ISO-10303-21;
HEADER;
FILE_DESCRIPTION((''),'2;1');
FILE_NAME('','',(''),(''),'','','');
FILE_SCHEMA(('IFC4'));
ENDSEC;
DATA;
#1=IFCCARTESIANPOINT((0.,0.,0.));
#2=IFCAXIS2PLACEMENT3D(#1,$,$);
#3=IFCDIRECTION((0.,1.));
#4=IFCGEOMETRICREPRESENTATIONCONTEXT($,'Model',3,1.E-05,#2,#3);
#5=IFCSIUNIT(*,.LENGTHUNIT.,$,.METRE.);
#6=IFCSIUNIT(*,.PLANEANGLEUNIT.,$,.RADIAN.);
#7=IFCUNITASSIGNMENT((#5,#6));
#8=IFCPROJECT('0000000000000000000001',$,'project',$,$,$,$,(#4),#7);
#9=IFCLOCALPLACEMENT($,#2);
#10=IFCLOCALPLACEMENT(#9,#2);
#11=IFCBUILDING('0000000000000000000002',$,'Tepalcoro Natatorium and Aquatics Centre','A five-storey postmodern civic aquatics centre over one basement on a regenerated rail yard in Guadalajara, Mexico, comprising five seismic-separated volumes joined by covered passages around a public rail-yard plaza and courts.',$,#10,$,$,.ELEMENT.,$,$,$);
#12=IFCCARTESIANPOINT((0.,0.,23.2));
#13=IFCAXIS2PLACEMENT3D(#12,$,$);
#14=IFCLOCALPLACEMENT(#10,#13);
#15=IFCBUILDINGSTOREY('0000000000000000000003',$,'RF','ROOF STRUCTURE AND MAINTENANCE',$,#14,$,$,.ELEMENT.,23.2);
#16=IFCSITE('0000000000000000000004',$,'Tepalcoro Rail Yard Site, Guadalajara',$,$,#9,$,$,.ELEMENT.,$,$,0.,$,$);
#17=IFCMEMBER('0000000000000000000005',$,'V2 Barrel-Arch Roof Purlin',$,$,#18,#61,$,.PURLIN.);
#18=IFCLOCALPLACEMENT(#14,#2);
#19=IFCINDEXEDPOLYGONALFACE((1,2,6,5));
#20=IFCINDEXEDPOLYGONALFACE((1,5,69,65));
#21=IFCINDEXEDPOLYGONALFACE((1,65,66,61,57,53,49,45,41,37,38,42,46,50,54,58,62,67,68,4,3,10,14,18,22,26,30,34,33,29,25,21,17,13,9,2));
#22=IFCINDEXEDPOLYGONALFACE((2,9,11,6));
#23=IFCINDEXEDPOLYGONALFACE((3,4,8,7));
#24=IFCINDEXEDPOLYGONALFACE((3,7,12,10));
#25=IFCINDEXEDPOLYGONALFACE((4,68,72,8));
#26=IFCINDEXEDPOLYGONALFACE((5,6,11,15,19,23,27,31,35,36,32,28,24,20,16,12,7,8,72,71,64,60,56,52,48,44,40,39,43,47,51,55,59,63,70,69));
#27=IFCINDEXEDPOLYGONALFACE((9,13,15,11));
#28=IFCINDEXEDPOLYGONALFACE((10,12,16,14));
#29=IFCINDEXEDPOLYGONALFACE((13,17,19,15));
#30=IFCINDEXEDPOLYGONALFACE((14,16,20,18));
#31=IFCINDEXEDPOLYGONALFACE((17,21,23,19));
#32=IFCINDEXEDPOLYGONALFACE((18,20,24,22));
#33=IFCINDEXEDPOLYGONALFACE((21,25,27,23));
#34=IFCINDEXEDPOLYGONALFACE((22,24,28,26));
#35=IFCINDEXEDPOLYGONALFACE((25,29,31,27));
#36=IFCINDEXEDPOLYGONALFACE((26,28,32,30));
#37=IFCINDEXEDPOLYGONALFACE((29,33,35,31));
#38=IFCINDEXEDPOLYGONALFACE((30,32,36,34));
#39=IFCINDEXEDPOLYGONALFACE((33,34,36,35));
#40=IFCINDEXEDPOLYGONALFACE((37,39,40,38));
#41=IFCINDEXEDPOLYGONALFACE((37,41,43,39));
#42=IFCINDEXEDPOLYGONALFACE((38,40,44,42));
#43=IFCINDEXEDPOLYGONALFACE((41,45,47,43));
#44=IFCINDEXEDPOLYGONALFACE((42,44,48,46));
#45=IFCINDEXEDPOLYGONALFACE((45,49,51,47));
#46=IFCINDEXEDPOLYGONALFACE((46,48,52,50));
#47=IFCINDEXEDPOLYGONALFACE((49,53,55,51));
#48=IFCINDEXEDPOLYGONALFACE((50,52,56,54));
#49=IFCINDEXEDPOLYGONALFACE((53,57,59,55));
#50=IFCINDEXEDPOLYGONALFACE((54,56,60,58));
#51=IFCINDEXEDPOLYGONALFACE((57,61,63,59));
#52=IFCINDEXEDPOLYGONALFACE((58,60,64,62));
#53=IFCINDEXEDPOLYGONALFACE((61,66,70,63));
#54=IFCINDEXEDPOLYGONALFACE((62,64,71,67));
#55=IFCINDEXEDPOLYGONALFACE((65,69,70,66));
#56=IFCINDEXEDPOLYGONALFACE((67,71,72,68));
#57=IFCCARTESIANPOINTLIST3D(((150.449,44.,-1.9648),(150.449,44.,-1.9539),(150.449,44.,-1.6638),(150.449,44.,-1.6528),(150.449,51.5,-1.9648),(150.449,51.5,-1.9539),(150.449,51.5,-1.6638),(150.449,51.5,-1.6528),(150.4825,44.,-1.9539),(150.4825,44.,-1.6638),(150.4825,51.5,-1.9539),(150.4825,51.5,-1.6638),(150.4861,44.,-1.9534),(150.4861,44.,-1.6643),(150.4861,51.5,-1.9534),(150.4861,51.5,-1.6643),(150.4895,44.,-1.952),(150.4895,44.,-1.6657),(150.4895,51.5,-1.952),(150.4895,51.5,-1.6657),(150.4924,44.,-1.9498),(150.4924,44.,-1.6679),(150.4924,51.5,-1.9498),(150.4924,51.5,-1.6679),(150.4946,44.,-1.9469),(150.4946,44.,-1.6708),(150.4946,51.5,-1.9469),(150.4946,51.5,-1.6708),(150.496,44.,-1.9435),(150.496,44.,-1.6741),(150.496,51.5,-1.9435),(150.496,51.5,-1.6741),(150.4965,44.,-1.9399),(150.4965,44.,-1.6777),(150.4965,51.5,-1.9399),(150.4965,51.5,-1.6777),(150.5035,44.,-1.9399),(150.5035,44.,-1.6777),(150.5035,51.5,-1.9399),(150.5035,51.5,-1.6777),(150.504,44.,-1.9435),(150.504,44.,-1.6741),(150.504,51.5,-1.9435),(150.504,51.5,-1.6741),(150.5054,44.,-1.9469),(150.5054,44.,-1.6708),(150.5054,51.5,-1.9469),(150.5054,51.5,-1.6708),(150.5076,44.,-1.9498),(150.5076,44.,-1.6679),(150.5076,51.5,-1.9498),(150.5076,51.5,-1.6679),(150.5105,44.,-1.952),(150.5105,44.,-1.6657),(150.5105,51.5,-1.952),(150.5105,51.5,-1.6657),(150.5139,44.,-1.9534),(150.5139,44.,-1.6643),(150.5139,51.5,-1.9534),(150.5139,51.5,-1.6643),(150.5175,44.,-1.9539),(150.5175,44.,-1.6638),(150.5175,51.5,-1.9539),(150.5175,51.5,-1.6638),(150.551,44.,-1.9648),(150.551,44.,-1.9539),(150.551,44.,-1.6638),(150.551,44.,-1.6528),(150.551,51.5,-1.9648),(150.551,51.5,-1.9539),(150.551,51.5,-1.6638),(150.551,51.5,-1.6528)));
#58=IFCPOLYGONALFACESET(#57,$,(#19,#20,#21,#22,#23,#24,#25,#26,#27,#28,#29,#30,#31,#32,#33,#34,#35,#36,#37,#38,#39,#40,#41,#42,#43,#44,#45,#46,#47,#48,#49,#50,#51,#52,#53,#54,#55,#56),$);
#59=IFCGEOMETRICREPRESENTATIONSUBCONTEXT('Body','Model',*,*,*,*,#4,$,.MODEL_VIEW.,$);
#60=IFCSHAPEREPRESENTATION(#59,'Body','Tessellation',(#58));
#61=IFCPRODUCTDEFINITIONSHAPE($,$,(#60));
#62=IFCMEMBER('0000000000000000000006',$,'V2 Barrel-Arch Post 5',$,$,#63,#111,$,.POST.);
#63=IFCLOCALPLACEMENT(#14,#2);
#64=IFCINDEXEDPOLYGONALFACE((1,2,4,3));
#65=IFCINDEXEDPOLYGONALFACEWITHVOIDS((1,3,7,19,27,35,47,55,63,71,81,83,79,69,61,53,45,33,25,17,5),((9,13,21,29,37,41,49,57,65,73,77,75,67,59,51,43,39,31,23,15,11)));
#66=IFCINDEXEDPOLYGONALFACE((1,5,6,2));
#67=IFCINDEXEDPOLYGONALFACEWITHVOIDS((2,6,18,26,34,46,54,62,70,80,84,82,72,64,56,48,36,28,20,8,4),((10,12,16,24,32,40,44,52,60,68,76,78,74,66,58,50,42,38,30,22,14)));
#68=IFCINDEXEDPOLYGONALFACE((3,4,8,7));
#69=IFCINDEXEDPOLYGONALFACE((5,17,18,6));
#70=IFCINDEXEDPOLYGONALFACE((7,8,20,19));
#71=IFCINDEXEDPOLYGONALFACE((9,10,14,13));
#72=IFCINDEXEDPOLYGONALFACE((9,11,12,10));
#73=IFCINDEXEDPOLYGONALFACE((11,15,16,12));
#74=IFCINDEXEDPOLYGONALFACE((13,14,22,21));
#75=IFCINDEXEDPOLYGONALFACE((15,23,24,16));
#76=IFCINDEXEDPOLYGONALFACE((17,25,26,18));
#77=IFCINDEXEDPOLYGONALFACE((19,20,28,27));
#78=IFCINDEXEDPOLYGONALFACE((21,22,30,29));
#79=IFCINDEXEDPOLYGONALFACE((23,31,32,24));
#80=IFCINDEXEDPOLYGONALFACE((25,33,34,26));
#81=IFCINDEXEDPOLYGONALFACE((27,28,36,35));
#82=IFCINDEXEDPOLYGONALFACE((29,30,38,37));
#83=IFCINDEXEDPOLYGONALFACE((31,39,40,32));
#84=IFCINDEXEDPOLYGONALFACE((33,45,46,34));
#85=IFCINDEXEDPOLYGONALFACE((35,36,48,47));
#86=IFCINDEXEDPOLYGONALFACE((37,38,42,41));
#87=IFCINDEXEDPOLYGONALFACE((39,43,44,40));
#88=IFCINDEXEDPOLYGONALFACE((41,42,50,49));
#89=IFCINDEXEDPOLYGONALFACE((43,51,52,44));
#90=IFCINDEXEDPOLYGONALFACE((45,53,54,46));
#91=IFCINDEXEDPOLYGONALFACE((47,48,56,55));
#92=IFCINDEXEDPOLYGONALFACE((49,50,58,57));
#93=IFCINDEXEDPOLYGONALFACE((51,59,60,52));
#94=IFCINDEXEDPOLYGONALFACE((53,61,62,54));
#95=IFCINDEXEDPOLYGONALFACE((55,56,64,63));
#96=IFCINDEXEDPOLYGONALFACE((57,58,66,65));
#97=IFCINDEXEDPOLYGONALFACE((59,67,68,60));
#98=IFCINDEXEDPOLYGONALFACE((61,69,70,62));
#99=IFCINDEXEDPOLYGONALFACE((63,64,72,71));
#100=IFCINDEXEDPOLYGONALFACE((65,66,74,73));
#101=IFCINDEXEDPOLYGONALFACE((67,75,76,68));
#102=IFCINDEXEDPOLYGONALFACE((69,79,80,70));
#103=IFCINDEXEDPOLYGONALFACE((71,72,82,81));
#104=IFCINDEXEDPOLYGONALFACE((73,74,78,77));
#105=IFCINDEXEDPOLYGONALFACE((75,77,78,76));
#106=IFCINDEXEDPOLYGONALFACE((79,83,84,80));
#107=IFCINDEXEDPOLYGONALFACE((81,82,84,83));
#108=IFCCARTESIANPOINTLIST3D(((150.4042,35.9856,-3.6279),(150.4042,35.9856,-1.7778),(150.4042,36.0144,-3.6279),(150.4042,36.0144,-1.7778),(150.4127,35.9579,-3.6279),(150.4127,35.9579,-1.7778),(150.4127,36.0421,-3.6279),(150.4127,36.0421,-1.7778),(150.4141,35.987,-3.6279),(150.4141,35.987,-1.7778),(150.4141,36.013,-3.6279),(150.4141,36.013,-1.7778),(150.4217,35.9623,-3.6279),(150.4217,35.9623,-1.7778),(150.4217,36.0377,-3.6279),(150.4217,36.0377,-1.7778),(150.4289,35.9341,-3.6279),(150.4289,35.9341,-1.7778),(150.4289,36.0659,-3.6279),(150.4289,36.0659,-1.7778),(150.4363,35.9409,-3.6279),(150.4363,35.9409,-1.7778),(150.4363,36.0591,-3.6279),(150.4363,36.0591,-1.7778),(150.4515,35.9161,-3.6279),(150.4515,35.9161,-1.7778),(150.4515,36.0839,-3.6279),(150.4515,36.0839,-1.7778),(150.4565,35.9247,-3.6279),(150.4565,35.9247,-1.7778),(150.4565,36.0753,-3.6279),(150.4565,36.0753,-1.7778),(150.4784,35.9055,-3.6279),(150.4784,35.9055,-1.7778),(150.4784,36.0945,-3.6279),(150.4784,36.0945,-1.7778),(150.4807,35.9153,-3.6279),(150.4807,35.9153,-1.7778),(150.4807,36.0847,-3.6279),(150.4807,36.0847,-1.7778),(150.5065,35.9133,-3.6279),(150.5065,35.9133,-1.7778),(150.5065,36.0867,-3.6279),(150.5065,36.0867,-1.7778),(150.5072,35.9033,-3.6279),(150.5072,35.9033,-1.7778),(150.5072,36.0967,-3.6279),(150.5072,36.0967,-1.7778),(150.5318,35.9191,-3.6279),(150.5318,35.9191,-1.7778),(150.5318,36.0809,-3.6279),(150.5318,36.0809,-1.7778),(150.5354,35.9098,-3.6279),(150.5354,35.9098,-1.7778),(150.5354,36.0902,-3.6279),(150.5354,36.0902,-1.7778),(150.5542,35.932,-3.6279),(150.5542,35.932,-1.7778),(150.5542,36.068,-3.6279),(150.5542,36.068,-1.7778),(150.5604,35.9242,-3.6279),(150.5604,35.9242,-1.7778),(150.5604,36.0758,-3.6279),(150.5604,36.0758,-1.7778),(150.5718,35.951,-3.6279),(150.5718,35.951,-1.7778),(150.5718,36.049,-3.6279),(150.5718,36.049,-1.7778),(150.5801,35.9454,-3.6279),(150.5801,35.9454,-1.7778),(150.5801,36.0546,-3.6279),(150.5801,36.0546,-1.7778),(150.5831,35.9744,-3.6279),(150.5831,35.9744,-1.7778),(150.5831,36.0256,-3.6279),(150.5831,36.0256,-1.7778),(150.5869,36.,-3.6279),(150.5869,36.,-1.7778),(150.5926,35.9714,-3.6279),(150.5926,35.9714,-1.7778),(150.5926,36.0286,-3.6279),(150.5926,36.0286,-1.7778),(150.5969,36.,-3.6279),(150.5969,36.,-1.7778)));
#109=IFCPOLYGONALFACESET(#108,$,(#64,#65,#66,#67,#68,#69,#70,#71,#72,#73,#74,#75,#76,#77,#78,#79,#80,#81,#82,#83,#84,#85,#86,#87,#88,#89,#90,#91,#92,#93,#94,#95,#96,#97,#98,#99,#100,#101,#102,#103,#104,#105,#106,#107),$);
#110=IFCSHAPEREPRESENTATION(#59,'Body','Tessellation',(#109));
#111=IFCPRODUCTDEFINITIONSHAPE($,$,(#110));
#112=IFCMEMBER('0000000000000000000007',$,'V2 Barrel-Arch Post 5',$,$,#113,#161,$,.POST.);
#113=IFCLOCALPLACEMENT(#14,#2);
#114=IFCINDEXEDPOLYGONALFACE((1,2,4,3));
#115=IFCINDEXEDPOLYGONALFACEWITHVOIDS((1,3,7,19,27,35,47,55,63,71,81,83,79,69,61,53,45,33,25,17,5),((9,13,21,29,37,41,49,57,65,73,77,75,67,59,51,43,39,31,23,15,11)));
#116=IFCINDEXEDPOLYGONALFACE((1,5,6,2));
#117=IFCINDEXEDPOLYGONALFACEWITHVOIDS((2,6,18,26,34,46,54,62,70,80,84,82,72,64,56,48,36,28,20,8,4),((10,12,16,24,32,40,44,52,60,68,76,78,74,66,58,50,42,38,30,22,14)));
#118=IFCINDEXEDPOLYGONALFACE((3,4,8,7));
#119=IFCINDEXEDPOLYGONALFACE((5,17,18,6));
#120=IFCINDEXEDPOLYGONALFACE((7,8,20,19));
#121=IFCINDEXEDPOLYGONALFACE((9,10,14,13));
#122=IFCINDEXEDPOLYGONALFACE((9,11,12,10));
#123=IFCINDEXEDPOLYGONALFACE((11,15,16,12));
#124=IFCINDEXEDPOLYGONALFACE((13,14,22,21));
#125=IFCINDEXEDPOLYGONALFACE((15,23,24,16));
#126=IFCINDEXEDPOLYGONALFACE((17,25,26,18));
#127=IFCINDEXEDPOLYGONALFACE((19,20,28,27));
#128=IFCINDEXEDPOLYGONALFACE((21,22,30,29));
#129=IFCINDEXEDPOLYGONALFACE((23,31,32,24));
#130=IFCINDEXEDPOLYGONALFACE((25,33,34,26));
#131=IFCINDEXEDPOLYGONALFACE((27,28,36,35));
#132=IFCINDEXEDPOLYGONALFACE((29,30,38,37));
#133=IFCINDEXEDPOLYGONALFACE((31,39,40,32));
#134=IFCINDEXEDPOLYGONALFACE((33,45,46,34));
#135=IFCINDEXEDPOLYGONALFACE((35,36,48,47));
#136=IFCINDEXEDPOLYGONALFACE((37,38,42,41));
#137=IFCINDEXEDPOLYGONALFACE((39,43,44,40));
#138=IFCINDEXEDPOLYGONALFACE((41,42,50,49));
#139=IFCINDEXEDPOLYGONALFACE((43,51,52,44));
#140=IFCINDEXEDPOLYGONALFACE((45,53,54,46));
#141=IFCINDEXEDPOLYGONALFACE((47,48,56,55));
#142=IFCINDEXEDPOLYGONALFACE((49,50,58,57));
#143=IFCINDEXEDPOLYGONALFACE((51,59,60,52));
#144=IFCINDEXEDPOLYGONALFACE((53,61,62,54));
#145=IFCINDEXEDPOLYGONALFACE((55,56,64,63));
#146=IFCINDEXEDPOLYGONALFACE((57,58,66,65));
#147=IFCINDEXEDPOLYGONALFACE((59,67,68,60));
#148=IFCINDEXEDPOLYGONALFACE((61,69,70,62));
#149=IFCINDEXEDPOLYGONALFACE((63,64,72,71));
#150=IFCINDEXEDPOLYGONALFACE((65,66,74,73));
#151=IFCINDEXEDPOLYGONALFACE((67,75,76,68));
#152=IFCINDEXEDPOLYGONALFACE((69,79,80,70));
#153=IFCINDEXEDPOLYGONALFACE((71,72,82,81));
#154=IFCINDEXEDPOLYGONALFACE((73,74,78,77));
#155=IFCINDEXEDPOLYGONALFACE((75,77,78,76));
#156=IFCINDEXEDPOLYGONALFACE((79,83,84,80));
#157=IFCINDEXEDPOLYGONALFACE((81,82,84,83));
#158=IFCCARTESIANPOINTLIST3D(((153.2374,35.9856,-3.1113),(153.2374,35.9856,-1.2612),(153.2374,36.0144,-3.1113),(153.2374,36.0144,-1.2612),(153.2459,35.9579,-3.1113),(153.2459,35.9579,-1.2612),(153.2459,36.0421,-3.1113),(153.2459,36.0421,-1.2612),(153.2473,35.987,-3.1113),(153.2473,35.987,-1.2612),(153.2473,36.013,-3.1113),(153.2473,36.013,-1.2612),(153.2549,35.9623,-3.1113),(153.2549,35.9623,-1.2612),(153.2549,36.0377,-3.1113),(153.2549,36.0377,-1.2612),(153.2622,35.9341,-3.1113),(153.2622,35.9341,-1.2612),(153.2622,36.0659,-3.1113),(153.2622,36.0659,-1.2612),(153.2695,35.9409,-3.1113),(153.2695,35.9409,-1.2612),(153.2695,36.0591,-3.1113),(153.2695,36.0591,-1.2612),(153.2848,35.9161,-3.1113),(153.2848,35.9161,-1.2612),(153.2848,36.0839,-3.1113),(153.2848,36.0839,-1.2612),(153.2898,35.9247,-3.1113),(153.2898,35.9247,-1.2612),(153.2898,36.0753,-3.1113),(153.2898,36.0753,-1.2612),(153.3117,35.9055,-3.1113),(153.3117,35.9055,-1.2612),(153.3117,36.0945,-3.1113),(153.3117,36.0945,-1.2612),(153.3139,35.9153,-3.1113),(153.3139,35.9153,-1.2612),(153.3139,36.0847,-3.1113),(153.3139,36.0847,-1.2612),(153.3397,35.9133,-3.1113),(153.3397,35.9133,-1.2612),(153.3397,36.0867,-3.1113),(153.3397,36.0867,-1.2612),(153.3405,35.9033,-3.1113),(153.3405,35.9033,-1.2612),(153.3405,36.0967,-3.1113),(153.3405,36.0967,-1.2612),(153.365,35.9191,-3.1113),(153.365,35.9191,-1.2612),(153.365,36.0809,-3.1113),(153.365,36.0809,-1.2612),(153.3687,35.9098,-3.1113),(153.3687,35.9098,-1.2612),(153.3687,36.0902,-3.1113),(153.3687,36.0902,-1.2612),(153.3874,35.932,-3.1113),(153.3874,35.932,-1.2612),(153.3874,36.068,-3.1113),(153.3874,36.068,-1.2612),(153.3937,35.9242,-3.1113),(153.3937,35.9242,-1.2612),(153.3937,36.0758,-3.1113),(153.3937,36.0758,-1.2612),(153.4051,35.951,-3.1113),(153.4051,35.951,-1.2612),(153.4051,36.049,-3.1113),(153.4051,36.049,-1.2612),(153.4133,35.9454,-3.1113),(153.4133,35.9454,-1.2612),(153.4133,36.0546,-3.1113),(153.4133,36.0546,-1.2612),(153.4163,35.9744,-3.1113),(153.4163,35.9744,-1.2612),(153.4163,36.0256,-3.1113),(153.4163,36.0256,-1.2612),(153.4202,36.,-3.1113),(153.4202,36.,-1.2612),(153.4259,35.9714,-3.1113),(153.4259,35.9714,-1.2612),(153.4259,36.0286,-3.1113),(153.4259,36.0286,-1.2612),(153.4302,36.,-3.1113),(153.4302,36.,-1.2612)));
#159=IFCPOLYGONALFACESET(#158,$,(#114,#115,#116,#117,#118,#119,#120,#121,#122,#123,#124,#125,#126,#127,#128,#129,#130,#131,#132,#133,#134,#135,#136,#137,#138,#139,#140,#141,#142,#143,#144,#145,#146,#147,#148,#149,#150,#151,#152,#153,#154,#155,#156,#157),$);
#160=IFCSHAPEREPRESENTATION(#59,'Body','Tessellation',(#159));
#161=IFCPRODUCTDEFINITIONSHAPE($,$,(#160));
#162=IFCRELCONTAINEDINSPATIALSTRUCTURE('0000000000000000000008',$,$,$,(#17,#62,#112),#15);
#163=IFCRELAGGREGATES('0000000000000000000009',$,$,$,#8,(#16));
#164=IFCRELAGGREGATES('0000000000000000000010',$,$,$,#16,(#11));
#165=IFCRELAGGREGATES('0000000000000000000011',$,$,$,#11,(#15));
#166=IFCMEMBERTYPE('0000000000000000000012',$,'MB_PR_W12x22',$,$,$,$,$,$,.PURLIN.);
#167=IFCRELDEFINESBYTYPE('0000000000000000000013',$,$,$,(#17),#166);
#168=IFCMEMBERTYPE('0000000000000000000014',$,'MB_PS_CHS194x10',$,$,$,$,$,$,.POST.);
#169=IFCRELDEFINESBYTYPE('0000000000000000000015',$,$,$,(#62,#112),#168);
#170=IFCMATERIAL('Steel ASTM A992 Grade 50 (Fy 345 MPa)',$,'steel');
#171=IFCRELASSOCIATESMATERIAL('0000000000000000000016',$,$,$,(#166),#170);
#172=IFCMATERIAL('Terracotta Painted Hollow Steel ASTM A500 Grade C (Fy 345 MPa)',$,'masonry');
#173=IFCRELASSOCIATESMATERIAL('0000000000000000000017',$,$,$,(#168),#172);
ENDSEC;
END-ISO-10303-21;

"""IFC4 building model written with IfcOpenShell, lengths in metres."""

from ifc_helpers import new_model, si_unit, direction, frame, origin, origin_2d, place, context, subcontext, project, spatial, hollow_circle, i_section, extrude, material, material_profile, profile_set, type_object, element, save


model = new_model("IFC4")

# Units and contexts
model_context = context("Model", 3, precision=1e-05, world=origin(), true_north=direction((0.0, 1.0)))
body_context = subcontext(model_context, "Body", "Model", "MODEL_VIEW")
ifc_project = project(units=[si_unit("LENGTHUNIT", "METRE"), si_unit("PLANEANGLEUNIT", "RADIAN")], contexts=[model_context])

# Site, building, storey
site_placement = place(None, origin())
site = spatial("IfcSite", under=ifc_project, at=site_placement, Name="Tepalcoro Rail Yard Site, Guadalajara", CompositionType="ELEMENT", RefElevation=0.0)
building_placement = place(site_placement, origin())
building = spatial("IfcBuilding", under=site, at=building_placement, Name="Tepalcoro Natatorium and Aquatics Centre", Description="A five-storey postmodern civic aquatics centre over one basement on a regenerated rail yard in Guadalajara, Mexico, comprising five seismic-separated volumes joined by covered passages around a public rail-yard plaza and courts.", CompositionType="ELEMENT")
storey_placement = place(building_placement, frame((0.0, 0.0, 23.2)))
storey = spatial("IfcBuildingStorey", under=building, at=storey_placement, Name="RF", Description="ROOF STRUCTURE AND MAINTENANCE", CompositionType="ELEMENT", Elevation=23.2)

# Shared definitions
ifc_material_1 = material(Name="Terracotta Painted Hollow Steel ASTM A500 Grade C (Fy 345 MPa)", Category="masonry")

# Members
ifc_material_2 = material(Name="Steel ASTM A992 Grade 50 (Fy 345 MPa)", Category="steel")
ifc_material_profile_1 = material_profile(ifc_material_2, i_section(OverallWidth=0.1021, OverallDepth=0.312, WebThickness=0.0071, FlangeThickness=0.011, FilletRadius=0.0139, at=origin_2d()), Name="W12X22")
ifc_profile_set_1 = profile_set([ifc_material_profile_1], Name="Steel ASTM A992 Grade 50 (Fy 345 MPa)")
member_type_1 = type_object("IfcMemberType", Name="MB_PR_W12x22", PredefinedType="PURLIN", material=ifc_profile_set_1)
member_1_placement = place(storey_placement, frame((150.5, 44.0, -1.8088), z_axis=(0.0, 1.0, 0.0), x_axis=(-1.0, 0.0, 0.0)))
element("IfcMember", 1, at=member_1_placement, inside=storey, type_object=member_type_1, Name="V2 Barrel-Arch Roof Purlin", PredefinedType="PURLIN", context=body_context, shape_type="SweptSolid", body=[
    extrude(i_section(OverallWidth=0.1021, OverallDepth=0.312, WebThickness=0.0071, FlangeThickness=0.011, FilletRadius=0.0139, at=origin_2d()), origin(), (0.0, 0.0, 1.0), 7.5),
])
ifc_material_profile_2 = material_profile(ifc_material_1, hollow_circle(Radius=0.0969, WallThickness=0.01, at=origin_2d()), Name="CHS194X10")
ifc_profile_set_2 = profile_set([ifc_material_profile_2], Name="Terracotta Painted Hollow Steel ASTM A500 Grade C (Fy 345 MPa)")
member_type_2 = type_object("IfcMemberType", Name="MB_PS_CHS194x10", PredefinedType="POST", material=ifc_profile_set_2)
for number, where, z_axis, x_axis, name in (
    (2, (150.5, 36.0, -3.6279), (0.0, 0.0, 1.0), (1.0, 0.0, 0.0), "V2 Barrel-Arch Post 5"),
    (3, (153.3333, 36.0, -3.1113), (0.0, 0.0, 1.0), (1.0, 0.0, 0.0), "V2 Barrel-Arch Post 5"),
):
    element("IfcMember", number, at=place(storey_placement, frame(where, z_axis=z_axis, x_axis=x_axis)), inside=storey, type_object=member_type_2, Name=name, PredefinedType="POST", context=body_context, shape_type="SweptSolid", body=[
        extrude(hollow_circle(Radius=0.0969, WallThickness=0.01, at=origin_2d()), origin(), (0.0, 0.0, 1.0), 1.8501),
    ])

save(model, "model.ifc")
